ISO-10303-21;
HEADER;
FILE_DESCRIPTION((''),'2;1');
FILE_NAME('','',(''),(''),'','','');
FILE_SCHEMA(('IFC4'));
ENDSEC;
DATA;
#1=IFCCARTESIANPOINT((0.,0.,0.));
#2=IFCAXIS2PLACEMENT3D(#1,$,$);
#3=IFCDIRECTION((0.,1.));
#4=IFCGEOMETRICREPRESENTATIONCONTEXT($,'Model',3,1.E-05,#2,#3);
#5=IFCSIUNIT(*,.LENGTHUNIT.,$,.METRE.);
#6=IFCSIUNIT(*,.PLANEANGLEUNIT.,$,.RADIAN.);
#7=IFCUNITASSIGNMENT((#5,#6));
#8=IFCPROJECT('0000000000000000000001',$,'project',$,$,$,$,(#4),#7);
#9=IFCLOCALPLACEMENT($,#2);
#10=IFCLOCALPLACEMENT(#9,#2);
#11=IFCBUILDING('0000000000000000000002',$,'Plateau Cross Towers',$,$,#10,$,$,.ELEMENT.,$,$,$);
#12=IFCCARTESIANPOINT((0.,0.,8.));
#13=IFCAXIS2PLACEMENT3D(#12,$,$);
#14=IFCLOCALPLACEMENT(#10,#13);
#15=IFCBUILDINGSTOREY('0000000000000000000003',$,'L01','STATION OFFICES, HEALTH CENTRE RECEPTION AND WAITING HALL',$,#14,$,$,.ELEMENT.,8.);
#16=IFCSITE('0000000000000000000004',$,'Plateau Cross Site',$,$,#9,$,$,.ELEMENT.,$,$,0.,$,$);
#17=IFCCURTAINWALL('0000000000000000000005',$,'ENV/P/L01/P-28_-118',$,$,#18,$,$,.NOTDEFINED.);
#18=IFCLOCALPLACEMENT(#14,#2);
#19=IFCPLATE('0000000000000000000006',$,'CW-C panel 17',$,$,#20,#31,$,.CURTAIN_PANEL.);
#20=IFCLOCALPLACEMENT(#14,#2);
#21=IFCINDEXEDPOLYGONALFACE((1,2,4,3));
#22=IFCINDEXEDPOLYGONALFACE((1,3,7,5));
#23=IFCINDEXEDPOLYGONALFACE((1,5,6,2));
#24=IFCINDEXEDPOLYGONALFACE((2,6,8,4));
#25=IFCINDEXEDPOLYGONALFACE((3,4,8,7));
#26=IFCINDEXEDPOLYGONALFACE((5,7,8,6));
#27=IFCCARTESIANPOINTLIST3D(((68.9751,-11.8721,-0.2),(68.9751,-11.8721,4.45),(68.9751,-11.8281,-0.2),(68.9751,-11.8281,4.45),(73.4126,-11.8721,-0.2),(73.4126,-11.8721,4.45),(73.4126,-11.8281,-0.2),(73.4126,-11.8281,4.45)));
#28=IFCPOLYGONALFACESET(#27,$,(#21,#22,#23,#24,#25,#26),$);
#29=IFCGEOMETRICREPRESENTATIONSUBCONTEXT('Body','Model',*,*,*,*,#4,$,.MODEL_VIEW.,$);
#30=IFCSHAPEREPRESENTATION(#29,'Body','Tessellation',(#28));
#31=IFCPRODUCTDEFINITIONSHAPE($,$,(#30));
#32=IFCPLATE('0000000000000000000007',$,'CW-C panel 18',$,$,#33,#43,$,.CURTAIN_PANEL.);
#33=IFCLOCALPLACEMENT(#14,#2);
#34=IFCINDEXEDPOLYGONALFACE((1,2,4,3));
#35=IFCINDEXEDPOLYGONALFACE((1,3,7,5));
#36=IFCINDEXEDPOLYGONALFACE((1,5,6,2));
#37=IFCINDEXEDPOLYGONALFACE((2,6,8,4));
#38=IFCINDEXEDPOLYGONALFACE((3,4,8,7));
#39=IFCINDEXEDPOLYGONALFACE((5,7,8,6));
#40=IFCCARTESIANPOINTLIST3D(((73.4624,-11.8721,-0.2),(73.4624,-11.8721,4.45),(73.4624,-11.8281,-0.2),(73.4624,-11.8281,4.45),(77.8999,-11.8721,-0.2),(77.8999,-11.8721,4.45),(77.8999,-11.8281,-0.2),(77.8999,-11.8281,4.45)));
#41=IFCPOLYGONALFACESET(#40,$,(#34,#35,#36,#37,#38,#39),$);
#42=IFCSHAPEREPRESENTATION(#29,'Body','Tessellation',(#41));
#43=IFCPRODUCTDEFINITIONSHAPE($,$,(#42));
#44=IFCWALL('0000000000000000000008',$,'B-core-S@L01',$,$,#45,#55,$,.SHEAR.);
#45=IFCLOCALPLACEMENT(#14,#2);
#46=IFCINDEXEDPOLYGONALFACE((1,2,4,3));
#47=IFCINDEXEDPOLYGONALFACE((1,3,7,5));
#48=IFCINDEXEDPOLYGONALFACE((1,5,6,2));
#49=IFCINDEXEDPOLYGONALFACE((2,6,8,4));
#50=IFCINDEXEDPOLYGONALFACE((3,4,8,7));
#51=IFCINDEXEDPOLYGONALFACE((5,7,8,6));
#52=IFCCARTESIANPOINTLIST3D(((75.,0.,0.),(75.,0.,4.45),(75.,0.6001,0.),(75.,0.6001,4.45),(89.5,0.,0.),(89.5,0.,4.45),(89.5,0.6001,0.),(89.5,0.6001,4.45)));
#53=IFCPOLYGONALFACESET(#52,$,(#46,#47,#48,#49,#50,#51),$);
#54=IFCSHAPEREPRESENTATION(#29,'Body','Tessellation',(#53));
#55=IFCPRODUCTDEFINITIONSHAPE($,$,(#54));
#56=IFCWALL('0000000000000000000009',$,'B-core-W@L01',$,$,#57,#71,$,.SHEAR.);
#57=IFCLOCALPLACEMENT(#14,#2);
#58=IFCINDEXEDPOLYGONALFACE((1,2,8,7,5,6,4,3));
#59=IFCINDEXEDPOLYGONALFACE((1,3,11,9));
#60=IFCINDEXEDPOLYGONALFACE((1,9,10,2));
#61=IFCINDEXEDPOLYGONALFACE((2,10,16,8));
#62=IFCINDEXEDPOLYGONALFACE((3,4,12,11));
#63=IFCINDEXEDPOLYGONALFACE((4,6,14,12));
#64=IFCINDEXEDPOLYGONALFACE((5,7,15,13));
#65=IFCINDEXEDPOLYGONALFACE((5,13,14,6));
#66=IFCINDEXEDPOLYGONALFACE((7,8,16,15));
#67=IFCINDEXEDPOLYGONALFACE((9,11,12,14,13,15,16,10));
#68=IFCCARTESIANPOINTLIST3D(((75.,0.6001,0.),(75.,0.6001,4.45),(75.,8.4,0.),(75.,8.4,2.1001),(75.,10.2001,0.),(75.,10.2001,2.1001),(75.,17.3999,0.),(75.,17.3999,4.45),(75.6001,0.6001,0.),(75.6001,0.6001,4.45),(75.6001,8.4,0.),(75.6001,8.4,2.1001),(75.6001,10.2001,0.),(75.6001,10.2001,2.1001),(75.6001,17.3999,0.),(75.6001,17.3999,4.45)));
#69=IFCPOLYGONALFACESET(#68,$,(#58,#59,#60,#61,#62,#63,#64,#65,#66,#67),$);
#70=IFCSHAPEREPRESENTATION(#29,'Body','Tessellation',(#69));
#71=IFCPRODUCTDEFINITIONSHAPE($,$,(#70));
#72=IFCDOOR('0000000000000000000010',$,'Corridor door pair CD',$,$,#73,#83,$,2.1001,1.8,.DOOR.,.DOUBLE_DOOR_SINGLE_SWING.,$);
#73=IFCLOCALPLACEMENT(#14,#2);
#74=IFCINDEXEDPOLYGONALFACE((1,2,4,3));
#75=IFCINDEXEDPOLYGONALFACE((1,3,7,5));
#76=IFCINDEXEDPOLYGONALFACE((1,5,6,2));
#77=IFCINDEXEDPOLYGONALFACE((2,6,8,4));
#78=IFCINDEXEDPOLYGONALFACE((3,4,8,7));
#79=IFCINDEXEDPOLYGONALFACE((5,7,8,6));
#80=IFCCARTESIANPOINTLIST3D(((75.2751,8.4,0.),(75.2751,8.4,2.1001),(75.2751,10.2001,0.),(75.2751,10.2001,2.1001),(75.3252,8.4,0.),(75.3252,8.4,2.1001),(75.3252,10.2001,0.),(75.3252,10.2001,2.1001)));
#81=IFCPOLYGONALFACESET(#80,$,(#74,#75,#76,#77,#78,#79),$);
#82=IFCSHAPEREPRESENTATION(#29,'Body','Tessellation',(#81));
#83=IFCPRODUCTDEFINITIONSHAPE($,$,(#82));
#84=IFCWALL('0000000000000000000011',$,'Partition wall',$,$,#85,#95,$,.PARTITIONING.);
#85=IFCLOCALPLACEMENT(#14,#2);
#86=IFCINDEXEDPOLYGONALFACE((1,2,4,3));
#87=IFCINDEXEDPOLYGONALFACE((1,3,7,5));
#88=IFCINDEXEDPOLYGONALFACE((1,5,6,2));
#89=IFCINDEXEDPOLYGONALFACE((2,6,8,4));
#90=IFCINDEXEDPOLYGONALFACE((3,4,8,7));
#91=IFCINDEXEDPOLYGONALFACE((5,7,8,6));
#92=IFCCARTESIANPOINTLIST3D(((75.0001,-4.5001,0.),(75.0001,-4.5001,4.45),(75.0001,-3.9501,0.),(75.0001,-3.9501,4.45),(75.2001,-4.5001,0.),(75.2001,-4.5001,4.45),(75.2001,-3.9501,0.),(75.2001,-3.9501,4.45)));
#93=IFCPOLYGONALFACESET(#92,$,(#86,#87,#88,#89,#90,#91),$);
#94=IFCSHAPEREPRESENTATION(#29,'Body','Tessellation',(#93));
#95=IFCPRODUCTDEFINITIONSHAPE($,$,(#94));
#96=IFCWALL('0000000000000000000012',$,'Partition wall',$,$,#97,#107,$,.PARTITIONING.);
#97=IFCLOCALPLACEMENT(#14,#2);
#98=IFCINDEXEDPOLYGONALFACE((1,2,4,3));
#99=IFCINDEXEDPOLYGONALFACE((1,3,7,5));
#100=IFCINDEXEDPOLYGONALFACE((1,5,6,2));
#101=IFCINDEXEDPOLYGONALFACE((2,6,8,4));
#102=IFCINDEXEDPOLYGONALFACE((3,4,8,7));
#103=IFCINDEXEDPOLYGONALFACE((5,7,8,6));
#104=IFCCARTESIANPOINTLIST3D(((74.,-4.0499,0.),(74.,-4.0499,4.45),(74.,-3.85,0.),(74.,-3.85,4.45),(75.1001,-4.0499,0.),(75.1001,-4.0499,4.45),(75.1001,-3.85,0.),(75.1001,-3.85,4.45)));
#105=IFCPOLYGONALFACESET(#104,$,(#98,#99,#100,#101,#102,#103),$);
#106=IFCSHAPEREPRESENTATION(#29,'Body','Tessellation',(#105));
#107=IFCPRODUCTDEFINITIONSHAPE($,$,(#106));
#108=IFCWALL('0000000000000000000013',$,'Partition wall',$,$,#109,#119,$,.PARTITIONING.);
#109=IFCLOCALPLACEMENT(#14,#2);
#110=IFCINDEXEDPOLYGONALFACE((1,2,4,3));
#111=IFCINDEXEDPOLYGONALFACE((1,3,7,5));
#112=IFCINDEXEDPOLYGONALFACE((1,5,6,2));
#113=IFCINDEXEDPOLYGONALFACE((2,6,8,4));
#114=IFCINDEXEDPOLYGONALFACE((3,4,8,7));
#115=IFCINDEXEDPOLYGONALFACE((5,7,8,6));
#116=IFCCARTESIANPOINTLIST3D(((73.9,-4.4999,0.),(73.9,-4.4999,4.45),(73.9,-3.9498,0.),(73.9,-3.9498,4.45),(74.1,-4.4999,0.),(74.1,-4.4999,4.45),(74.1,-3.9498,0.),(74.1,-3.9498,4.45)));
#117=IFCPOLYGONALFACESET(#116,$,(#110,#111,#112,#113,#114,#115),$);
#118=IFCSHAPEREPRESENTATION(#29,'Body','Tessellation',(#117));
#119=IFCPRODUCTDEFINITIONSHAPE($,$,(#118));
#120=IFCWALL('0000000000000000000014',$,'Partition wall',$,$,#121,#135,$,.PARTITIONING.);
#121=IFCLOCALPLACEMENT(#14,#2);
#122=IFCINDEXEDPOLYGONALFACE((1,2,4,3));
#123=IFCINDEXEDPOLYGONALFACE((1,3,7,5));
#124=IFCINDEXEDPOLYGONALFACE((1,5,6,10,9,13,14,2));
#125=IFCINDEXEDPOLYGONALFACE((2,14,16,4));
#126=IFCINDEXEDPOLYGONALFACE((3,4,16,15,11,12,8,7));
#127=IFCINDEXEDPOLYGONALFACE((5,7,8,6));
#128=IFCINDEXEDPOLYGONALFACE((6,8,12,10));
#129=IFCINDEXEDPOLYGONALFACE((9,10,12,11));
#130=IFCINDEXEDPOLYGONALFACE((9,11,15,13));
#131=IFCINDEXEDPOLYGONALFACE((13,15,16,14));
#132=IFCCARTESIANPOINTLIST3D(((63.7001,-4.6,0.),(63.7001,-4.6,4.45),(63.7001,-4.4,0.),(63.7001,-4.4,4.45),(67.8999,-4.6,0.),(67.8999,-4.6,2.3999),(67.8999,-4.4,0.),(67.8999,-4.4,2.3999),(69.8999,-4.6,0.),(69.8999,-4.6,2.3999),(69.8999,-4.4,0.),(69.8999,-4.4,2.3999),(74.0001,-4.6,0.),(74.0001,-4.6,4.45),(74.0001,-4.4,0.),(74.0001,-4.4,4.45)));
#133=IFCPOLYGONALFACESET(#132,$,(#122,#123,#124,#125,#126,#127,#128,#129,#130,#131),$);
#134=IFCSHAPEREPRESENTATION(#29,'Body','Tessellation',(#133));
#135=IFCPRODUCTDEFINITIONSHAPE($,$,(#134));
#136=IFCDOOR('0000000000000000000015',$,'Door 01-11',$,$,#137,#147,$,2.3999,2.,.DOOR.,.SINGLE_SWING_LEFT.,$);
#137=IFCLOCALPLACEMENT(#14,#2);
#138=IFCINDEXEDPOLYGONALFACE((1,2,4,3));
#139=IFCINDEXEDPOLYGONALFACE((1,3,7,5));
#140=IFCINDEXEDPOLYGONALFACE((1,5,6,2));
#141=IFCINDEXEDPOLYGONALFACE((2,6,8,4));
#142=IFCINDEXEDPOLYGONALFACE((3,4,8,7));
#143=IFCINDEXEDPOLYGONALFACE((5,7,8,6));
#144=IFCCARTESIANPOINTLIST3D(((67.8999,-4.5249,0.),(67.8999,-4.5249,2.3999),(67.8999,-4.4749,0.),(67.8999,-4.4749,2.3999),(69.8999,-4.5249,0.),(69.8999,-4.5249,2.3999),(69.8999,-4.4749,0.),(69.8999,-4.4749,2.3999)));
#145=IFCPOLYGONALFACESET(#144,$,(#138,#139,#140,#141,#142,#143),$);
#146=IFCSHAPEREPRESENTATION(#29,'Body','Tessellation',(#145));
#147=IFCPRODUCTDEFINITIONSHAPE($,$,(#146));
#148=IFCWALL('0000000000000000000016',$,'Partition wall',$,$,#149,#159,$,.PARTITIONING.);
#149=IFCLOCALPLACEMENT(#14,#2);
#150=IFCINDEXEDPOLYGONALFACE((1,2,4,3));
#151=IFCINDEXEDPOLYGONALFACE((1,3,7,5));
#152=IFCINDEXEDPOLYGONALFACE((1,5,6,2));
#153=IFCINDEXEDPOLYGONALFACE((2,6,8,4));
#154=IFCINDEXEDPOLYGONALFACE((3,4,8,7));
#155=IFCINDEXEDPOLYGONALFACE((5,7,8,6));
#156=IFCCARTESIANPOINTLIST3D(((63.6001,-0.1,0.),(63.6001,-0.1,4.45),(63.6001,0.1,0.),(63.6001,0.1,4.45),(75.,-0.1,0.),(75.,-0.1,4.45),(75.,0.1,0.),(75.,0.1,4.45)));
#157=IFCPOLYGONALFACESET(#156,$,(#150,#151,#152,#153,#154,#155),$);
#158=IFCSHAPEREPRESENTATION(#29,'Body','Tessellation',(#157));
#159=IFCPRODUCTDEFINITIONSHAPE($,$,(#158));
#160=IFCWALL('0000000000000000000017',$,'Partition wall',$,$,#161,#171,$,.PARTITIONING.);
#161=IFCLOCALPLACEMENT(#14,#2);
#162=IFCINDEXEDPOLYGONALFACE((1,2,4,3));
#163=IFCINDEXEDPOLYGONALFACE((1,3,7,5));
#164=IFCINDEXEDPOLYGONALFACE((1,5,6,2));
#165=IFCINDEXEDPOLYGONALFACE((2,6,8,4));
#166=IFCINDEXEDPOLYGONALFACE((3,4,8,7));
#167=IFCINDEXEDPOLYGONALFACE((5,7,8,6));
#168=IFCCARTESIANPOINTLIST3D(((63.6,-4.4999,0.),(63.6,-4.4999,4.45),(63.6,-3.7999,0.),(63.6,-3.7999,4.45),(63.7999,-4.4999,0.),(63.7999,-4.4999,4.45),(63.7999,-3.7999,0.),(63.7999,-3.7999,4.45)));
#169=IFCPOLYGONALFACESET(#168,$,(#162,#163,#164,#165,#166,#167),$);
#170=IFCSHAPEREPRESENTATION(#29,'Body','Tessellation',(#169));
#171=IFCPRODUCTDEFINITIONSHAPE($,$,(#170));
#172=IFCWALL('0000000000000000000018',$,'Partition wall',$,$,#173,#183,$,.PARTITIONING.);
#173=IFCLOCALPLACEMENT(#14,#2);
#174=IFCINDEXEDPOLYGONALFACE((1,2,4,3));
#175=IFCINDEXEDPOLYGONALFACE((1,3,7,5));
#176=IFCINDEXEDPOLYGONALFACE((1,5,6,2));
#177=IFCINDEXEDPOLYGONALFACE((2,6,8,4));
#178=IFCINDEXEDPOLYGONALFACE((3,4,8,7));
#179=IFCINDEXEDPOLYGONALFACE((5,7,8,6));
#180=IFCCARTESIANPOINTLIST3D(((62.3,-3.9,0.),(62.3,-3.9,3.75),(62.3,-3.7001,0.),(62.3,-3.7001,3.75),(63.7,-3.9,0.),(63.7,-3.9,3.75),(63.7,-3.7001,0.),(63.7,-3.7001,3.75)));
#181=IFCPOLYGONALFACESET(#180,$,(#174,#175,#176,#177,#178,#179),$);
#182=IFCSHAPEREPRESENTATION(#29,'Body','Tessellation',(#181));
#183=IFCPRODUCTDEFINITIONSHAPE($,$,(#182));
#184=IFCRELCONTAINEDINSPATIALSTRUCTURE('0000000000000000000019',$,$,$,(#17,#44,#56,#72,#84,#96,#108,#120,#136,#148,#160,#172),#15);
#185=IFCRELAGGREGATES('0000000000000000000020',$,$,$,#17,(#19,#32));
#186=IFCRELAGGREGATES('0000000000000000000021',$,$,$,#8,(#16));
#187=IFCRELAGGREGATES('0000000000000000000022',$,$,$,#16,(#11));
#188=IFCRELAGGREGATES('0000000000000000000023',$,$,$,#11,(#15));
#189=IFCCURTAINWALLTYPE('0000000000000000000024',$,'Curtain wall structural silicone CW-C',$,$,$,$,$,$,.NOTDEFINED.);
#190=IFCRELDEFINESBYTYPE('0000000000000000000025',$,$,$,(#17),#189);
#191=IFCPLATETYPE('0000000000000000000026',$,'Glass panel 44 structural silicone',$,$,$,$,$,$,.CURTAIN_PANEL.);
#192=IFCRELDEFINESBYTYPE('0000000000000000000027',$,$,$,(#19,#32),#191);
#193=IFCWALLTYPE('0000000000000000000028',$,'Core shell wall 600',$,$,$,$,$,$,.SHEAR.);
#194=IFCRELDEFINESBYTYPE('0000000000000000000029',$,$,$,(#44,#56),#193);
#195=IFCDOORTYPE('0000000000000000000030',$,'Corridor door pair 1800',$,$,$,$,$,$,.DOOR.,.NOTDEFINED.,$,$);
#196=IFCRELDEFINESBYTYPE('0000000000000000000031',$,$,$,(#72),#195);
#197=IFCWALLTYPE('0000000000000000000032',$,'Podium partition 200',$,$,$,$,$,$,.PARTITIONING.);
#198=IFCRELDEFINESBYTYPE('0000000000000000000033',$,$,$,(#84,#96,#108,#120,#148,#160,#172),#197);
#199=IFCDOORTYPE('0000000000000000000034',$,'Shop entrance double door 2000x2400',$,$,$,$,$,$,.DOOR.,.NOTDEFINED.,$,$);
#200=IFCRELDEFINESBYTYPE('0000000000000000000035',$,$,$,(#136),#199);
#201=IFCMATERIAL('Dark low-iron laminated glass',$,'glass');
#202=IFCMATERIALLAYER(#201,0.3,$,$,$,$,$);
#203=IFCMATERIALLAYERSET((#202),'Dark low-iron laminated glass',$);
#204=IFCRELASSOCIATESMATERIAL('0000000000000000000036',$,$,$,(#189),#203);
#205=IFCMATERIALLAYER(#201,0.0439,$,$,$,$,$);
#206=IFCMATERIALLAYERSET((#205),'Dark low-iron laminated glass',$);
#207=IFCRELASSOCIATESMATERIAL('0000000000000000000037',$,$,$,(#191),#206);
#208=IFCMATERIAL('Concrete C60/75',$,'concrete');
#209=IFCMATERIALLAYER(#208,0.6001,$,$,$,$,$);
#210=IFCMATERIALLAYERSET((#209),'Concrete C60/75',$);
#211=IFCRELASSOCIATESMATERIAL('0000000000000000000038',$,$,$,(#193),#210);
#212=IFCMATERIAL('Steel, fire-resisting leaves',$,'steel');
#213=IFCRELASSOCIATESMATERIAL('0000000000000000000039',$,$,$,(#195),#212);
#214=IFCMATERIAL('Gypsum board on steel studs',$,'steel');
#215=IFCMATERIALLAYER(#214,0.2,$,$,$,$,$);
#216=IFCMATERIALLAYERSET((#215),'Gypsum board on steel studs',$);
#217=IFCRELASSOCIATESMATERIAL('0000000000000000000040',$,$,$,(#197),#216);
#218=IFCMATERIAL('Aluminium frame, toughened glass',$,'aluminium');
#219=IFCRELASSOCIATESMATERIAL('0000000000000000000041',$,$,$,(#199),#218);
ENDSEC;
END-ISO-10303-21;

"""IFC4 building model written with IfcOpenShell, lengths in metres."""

from ifc_helpers import new_model, si_unit, direction, frame, frame_2d, origin, origin_2d, place, context, subcontext, project, spatial, rectangle, extrude, material, layer, layer_set, type_object, element, fill, aggregate, save


model = new_model("IFC4")

# Units and contexts
model_context = context("Model", 3, precision=1e-05, world=origin(), true_north=direction((0.0, 1.0)))
body_context = subcontext(model_context, "Body", "Model", "MODEL_VIEW")
ifc_project = project(units=[si_unit("LENGTHUNIT", "METRE"), si_unit("PLANEANGLEUNIT", "RADIAN")], contexts=[model_context])

# Site, building, storey
site_placement = place(None, origin())
site = spatial("IfcSite", under=ifc_project, at=site_placement, Name="Plateau Cross Site", CompositionType="ELEMENT", RefElevation=0.0)
building_placement = place(site_placement, origin())
building = spatial("IfcBuilding", under=site, at=building_placement, Name="Plateau Cross Towers", CompositionType="ELEMENT")
storey_placement = place(building_placement, frame((0.0, 0.0, 8.0)))
storey = spatial("IfcBuildingStorey", under=building, at=storey_placement, Name="L01", Description="STATION OFFICES, HEALTH CENTRE RECEPTION AND WAITING HALL", CompositionType="ELEMENT", Elevation=8.0)

# Shared definitions
ifc_material_1 = material(Name="Concrete C60/75", Category="concrete")

# Curtain wall
ifc_material_2 = material(Name="Dark low-iron laminated glass", Category="glass")
ifc_layer_1 = layer(ifc_material_2, 0.3)
ifc_layer_set_1 = layer_set([ifc_layer_1], Name="Dark low-iron laminated glass")
curtain_wall_type = type_object("IfcCurtainWallType", Name="Curtain wall structural silicone CW-C", PredefinedType="NOTDEFINED", material=ifc_layer_set_1)
curtain_wall_placement = place(storey_placement, origin())
curtain_wall = element("IfcCurtainWall", 1, at=curtain_wall_placement, inside=storey, type_object=curtain_wall_type, Name="ENV/P/L01/P-28_-118", PredefinedType="NOTDEFINED")

# Plates
ifc_layer_2 = layer(ifc_material_2, 0.0439)
ifc_layer_set_2 = layer_set([ifc_layer_2], Name="Dark low-iron laminated glass")
plate_type = type_object("IfcPlateType", Name="Glass panel 44 structural silicone", PredefinedType="CURTAIN_PANEL", material=ifc_layer_set_2)
plate_1_placement = place(storey_placement, frame((71.1938, -11.8501, -0.2), z_axis=(0.0, 0.0, 1.0), x_axis=(1.0, 0.0, 0.0)))
plate_1 = element("IfcPlate", 2, at=plate_1_placement, type_object=plate_type, Name="CW-C panel 17", PredefinedType="CURTAIN_PANEL", context=body_context, shape_type="SweptSolid", body=[
    extrude(rectangle(XDim=4.4375, YDim=0.0439, at=origin_2d()), origin(), (0.0, 0.0, 1.0), 4.6499),
])
plate_2_placement = place(storey_placement, frame((75.6812, -11.8501, -0.2), z_axis=(0.0, 0.0, 1.0), x_axis=(1.0, 0.0, 0.0)))
plate_2 = element("IfcPlate", 3, at=plate_2_placement, type_object=plate_type, Name="CW-C panel 18", PredefinedType="CURTAIN_PANEL", context=body_context, shape_type="SweptSolid", body=[
    extrude(rectangle(XDim=4.4375, YDim=0.0439, at=origin_2d()), origin(), (0.0, 0.0, 1.0), 4.6499),
])
aggregate(curtain_wall, [plate_1, plate_2])

# Wall
ifc_layer_3 = layer(ifc_material_1, 0.6001)
ifc_layer_set_3 = layer_set([ifc_layer_3], Name="Concrete C60/75")
wall_type_1 = type_object("IfcWallType", Name="Core shell wall 600", PredefinedType="SHEAR", material=ifc_layer_set_3)
wall_1_placement = place(storey_placement, frame((75.0, 0.3, 0.0), z_axis=(0.0, 0.0, 1.0), x_axis=(1.0, 0.0, 0.0)))
element("IfcWall", 4, at=wall_1_placement, inside=storey, type_object=wall_type_1, Name="B-core-S@L01", PredefinedType="SHEAR", context=body_context, shape_type="SweptSolid", body=[
    extrude(rectangle(XDim=14.5, YDim=0.6001, at=frame_2d((7.25, 0.0))), origin(), (0.0, 0.0, 1.0), 4.45),
])

# Wall, opening, door
wall_2_placement = place(storey_placement, frame((75.3, 0.6001, 0.0), z_axis=(0.0, 0.0, 1.0), x_axis=(0.0, 1.0, 0.0)))
wall_2 = element("IfcWall", 5, at=wall_2_placement, inside=storey, type_object=wall_type_1, Name="B-core-W@L01", PredefinedType="SHEAR", context=body_context, shape_type="SweptSolid", body=[
    extrude(rectangle(XDim=16.7998, YDim=0.6001, at=frame_2d((8.3999, 0.0))), origin(), (0.0, 0.0, 1.0), 4.45),
])
opening_1_placement = place(wall_2_placement, frame((7.8, 0.0, 0.0)))
opening_1 = element("IfcOpeningElement", 6, at=opening_1_placement, cuts=wall_2, PredefinedType="OPENING", context=body_context, shape_type="SweptSolid", body=[
    extrude(rectangle(XDim=1.8, YDim=2.1001, at=frame_2d((0.8999, 1.05))), frame((0.0, 0.3101, 0.0), z_axis=(0.0, -1.0, 0.0), x_axis=(1.0, 0.0, 0.0)), (0.0, 0.0, 1.0), 0.6201),
])
ifc_material_3 = material(Name="Steel, fire-resisting leaves", Category="steel")
door_type_1 = type_object("IfcDoorType", Name="Corridor door pair 1800", OperationType="NOTDEFINED", PredefinedType="DOOR", material=ifc_material_3)
door_1_placement = place(opening_1_placement, origin())
door_1 = element("IfcDoor", 7, at=door_1_placement, inside=storey, type_object=door_type_1, Name="Corridor door pair CD", OperationType="DOUBLE_DOOR_SINGLE_SWING", OverallHeight=2.1001, OverallWidth=1.8, PredefinedType="DOOR", context=body_context, shape_type="SweptSolid", body=[
    extrude(rectangle(XDim=1.8, YDim=2.1001, at=frame_2d((0.8999, 1.05))), frame((0.0, 0.0249, 0.0), z_axis=(0.0, -1.0, 0.0), x_axis=(1.0, 0.0, 0.0)), (0.0, 0.0, 1.0), 0.05),
])
fill(opening_1, door_1)

# Walls
ifc_material_4 = material(Name="Gypsum board on steel studs", Category="steel")
ifc_layer_4 = layer(ifc_material_4, 0.2)
ifc_layer_set_4 = layer_set([ifc_layer_4], Name="Gypsum board on steel studs")
wall_type_2 = type_object("IfcWallType", Name="Podium partition 200", PredefinedType="PARTITIONING", material=ifc_layer_set_4)
wall_3_placement = place(storey_placement, frame((75.1001, -4.5, 0.0), z_axis=(0.0, 0.0, 1.0), x_axis=(0.0, 1.0, 0.0)))
element("IfcWall", 8, at=wall_3_placement, inside=storey, type_object=wall_type_2, Name="Partition wall", PredefinedType="PARTITIONING", context=body_context, shape_type="SweptSolid", body=[
    extrude(rectangle(XDim=0.55, YDim=0.2, at=frame_2d((0.2749, 0.0))), origin(), (0.0, 0.0, 1.0), 4.45),
])
wall_4_placement = place(storey_placement, frame((75.1001, -3.95, 0.0), z_axis=(0.0, 0.0, 1.0), x_axis=(-1.0, 0.0, 0.0)))
element("IfcWall", 9, at=wall_4_placement, inside=storey, type_object=wall_type_2, Name="Partition wall", PredefinedType="PARTITIONING", context=body_context, shape_type="SweptSolid", body=[
    extrude(rectangle(XDim=1.1001, YDim=0.2, at=frame_2d((0.55, 0.0))), origin(), (0.0, 0.0, 1.0), 4.45),
])
wall_5_placement = place(storey_placement, frame((74.0, -3.95, 0.0), z_axis=(0.0, 0.0, 1.0), x_axis=(0.0, -1.0, 0.0)))
element("IfcWall", 10, at=wall_5_placement, inside=storey, type_object=wall_type_2, Name="Partition wall", PredefinedType="PARTITIONING", context=body_context, shape_type="SweptSolid", body=[
    extrude(rectangle(XDim=0.55, YDim=0.2, at=frame_2d((0.2749, 0.0))), origin(), (0.0, 0.0, 1.0), 4.45),
])

# Wall, opening, door
wall_6_placement = place(storey_placement, frame((74.0, -4.5, 0.0), z_axis=(0.0, 0.0, 1.0), x_axis=(-1.0, 0.0, 0.0)))
wall_6 = element("IfcWall", 11, at=wall_6_placement, inside=storey, type_object=wall_type_2, Name="Partition wall", PredefinedType="PARTITIONING", context=body_context, shape_type="SweptSolid", body=[
    extrude(rectangle(XDim=10.3, YDim=0.2, at=frame_2d((5.1499, 0.0))), origin(), (0.0, 0.0, 1.0), 4.45),
])
opening_2_placement = place(wall_6_placement, frame((4.1001, 0.0, 0.0)))
opening_2 = element("IfcOpeningElement", 12, at=opening_2_placement, cuts=wall_6, PredefinedType="OPENING", context=body_context, shape_type="SweptSolid", body=[
    extrude(rectangle(XDim=2.0, YDim=2.3999, at=frame_2d((1.0, 1.2))), frame((0.0, 0.1099, 0.0), z_axis=(0.0, -1.0, 0.0), x_axis=(1.0, 0.0, 0.0)), (0.0, 0.0, 1.0), 0.22),
])
ifc_material_5 = material(Name="Aluminium frame, toughened glass", Category="aluminium")
door_type_2 = type_object("IfcDoorType", Name="Shop entrance double door 2000x2400", OperationType="NOTDEFINED", PredefinedType="DOOR", material=ifc_material_5)
door_2_placement = place(opening_2_placement, origin())
door_2 = element("IfcDoor", 13, at=door_2_placement, inside=storey, type_object=door_type_2, Name="Door 01-11", OperationType="SINGLE_SWING_LEFT", OverallHeight=2.3999, OverallWidth=2.0, PredefinedType="DOOR", context=body_context, shape_type="SweptSolid", body=[
    extrude(rectangle(XDim=2.0, YDim=2.3999, at=frame_2d((1.0, 1.2))), frame((0.0, 0.0249, 0.0), z_axis=(0.0, -1.0, 0.0), x_axis=(1.0, 0.0, 0.0)), (0.0, 0.0, 1.0), 0.05),
])
fill(opening_2, door_2)

# Walls
wall_7_placement = place(storey_placement, frame((63.6001, 0.0, 0.0), z_axis=(0.0, 0.0, 1.0), x_axis=(1.0, 0.0, 0.0)))
element("IfcWall", 14, at=wall_7_placement, inside=storey, type_object=wall_type_2, Name="Partition wall", PredefinedType="PARTITIONING", context=body_context, shape_type="SweptSolid", body=[
    extrude(rectangle(XDim=11.3999, YDim=0.2, at=frame_2d((5.7, 0.0))), origin(), (0.0, 0.0, 1.0), 4.45),
])
wall_8_placement = place(storey_placement, frame((63.7, -4.5, 0.0), z_axis=(0.0, 0.0, 1.0), x_axis=(0.0, 1.0, 0.0)))
element("IfcWall", 15, at=wall_8_placement, inside=storey, type_object=wall_type_2, Name="Partition wall", PredefinedType="PARTITIONING", context=body_context, shape_type="SweptSolid", body=[
    extrude(rectangle(XDim=0.7, YDim=0.2, at=frame_2d((0.3501, 0.0))), origin(), (0.0, 0.0, 1.0), 4.45),
])
wall_9_placement = place(storey_placement, frame((63.7, -3.8, 0.0), z_axis=(0.0, 0.0, 1.0), x_axis=(-1.0, 0.0, 0.0)))
element("IfcWall", 16, at=wall_9_placement, inside=storey, type_object=wall_type_2, Name="Partition wall", PredefinedType="PARTITIONING", context=body_context, shape_type="SweptSolid", body=[
    extrude(rectangle(XDim=1.3999, YDim=0.2, at=frame_2d((0.7, 0.0))), origin(), (0.0, 0.0, 1.0), 3.75),
])

save(model, "model.ifc")
